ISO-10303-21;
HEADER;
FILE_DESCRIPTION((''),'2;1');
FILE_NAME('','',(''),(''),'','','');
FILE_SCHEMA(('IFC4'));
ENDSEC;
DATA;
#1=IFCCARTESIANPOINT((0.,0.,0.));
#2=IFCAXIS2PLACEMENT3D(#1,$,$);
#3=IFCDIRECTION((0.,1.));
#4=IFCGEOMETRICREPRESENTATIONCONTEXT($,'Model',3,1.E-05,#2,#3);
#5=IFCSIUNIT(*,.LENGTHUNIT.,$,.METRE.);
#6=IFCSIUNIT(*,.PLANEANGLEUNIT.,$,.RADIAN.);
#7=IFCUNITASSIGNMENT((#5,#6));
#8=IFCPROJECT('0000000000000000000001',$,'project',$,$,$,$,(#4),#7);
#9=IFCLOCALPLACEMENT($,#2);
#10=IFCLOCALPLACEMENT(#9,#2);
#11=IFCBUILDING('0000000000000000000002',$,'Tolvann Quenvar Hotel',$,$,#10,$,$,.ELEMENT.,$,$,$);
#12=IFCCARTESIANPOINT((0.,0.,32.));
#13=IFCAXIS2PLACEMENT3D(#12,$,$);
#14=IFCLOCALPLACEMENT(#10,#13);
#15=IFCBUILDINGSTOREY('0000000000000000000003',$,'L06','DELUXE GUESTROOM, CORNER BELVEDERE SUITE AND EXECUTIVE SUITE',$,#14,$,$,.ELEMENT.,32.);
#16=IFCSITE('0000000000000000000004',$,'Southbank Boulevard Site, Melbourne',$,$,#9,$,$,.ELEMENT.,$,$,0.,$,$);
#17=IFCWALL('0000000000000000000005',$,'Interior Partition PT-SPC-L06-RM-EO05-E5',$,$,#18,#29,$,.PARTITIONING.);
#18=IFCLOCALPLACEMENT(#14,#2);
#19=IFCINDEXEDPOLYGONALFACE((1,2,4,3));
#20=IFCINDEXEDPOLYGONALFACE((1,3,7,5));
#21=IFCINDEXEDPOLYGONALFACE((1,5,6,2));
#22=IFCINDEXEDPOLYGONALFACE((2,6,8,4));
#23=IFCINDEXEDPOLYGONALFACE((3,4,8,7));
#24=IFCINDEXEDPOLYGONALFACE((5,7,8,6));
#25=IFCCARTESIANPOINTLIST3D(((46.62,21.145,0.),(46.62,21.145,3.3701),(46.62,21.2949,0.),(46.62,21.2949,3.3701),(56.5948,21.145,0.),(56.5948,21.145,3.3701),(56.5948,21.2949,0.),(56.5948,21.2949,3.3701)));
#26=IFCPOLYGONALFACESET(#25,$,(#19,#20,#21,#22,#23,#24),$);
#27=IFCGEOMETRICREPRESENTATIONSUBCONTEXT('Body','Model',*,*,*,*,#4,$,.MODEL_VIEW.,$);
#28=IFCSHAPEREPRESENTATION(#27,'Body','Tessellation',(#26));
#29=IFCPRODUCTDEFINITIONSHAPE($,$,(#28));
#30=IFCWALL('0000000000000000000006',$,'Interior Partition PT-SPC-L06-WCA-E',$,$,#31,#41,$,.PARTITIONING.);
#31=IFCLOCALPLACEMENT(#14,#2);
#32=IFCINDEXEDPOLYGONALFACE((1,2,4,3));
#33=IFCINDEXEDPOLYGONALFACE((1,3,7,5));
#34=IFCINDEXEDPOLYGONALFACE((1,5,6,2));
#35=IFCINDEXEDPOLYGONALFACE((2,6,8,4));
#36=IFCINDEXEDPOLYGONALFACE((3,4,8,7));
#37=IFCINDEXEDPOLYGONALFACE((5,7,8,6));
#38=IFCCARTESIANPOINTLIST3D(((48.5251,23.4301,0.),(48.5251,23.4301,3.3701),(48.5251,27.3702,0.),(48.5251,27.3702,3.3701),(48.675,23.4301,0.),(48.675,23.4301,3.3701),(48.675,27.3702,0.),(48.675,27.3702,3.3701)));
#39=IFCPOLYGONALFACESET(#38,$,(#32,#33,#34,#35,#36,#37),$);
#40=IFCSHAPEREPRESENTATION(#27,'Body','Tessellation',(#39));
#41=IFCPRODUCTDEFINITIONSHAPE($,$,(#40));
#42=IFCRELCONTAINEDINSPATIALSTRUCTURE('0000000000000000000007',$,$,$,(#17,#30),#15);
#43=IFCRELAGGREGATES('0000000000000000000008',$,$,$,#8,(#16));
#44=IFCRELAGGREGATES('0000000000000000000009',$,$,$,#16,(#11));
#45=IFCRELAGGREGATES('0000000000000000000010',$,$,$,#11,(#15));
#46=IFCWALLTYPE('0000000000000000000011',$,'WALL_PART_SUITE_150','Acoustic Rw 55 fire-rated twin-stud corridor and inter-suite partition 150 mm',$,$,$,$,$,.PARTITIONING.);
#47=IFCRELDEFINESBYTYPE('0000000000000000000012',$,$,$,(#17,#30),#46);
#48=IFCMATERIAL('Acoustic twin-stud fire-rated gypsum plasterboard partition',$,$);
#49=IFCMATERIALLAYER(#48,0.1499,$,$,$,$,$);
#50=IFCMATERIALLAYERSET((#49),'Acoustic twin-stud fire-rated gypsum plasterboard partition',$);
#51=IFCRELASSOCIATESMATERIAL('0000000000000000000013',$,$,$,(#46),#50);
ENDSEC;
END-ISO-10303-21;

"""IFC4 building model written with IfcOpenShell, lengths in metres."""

from ifc_helpers import new_model, si_unit, direction, frame, frame_2d, origin, place, context, subcontext, project, spatial, rectangle, extrude, material, layer, layer_set, type_object, element, save


model = new_model("IFC4")

# Units and contexts
model_context = context("Model", 3, precision=1e-05, world=origin(), true_north=direction((0.0, 1.0)))
body_context = subcontext(model_context, "Body", "Model", "MODEL_VIEW")
ifc_project = project(units=[si_unit("LENGTHUNIT", "METRE"), si_unit("PLANEANGLEUNIT", "RADIAN")], contexts=[model_context])

# Site, building, storey
site_placement = place(None, origin())
site = spatial("IfcSite", under=ifc_project, at=site_placement, Name="Southbank Boulevard Site, Melbourne", CompositionType="ELEMENT", RefElevation=0.0)
building_placement = place(site_placement, origin())
building = spatial("IfcBuilding", under=site, at=building_placement, Name="Tolvann Quenvar Hotel", CompositionType="ELEMENT")
storey_placement = place(building_placement, frame((0.0, 0.0, 32.0)))
storey = spatial("IfcBuildingStorey", under=building, at=storey_placement, Name="L06", Description="DELUXE GUESTROOM, CORNER BELVEDERE SUITE AND EXECUTIVE SUITE", CompositionType="ELEMENT", Elevation=32.0)

# Shared definitions
ifc_material_1 = material(Name="Acoustic twin-stud fire-rated gypsum plasterboard partition")
ifc_layer_1 = layer(ifc_material_1, 0.1499)
ifc_layer_set_1 = layer_set([ifc_layer_1], Name="Acoustic twin-stud fire-rated gypsum plasterboard partition")
wall_type_1 = type_object("IfcWallType", Name="WALL_PART_SUITE_150", Description="Acoustic Rw 55 fire-rated twin-stud corridor and inter-suite partition 150 mm", PredefinedType="PARTITIONING", material=ifc_layer_set_1)

# Walls
wall_1_placement = place(storey_placement, frame((46.6201, 21.22, 0.0), z_axis=(0.0, 0.0, 1.0), x_axis=(1.0, 0.0, 0.0)))
element("IfcWall", 1, at=wall_1_placement, inside=storey, type_object=wall_type_1, Name="Interior Partition PT-SPC-L06-RM-EO05-E5", PredefinedType="PARTITIONING", context=body_context, shape_type="SweptSolid", body=[
    extrude(rectangle(XDim=9.9749, YDim=0.1499, at=frame_2d((4.9873, 0.0))), origin(), (0.0, 0.0, 1.0), 3.3701),
])
wall_2_placement = place(storey_placement, frame((48.6001, 23.4299, 0.0), z_axis=(0.0, 0.0, 1.0), x_axis=(0.0, 1.0, 0.0)))
element("IfcWall", 2, at=wall_2_placement, inside=storey, type_object=wall_type_1, Name="Interior Partition PT-SPC-L06-WCA-E", PredefinedType="PARTITIONING", context=body_context, shape_type="SweptSolid", body=[
    extrude(rectangle(XDim=3.9402, YDim=0.1499, at=frame_2d((1.9702, 0.0))), origin(), (0.0, 0.0, 1.0), 3.3701),
])

save(model, "model.ifc")
